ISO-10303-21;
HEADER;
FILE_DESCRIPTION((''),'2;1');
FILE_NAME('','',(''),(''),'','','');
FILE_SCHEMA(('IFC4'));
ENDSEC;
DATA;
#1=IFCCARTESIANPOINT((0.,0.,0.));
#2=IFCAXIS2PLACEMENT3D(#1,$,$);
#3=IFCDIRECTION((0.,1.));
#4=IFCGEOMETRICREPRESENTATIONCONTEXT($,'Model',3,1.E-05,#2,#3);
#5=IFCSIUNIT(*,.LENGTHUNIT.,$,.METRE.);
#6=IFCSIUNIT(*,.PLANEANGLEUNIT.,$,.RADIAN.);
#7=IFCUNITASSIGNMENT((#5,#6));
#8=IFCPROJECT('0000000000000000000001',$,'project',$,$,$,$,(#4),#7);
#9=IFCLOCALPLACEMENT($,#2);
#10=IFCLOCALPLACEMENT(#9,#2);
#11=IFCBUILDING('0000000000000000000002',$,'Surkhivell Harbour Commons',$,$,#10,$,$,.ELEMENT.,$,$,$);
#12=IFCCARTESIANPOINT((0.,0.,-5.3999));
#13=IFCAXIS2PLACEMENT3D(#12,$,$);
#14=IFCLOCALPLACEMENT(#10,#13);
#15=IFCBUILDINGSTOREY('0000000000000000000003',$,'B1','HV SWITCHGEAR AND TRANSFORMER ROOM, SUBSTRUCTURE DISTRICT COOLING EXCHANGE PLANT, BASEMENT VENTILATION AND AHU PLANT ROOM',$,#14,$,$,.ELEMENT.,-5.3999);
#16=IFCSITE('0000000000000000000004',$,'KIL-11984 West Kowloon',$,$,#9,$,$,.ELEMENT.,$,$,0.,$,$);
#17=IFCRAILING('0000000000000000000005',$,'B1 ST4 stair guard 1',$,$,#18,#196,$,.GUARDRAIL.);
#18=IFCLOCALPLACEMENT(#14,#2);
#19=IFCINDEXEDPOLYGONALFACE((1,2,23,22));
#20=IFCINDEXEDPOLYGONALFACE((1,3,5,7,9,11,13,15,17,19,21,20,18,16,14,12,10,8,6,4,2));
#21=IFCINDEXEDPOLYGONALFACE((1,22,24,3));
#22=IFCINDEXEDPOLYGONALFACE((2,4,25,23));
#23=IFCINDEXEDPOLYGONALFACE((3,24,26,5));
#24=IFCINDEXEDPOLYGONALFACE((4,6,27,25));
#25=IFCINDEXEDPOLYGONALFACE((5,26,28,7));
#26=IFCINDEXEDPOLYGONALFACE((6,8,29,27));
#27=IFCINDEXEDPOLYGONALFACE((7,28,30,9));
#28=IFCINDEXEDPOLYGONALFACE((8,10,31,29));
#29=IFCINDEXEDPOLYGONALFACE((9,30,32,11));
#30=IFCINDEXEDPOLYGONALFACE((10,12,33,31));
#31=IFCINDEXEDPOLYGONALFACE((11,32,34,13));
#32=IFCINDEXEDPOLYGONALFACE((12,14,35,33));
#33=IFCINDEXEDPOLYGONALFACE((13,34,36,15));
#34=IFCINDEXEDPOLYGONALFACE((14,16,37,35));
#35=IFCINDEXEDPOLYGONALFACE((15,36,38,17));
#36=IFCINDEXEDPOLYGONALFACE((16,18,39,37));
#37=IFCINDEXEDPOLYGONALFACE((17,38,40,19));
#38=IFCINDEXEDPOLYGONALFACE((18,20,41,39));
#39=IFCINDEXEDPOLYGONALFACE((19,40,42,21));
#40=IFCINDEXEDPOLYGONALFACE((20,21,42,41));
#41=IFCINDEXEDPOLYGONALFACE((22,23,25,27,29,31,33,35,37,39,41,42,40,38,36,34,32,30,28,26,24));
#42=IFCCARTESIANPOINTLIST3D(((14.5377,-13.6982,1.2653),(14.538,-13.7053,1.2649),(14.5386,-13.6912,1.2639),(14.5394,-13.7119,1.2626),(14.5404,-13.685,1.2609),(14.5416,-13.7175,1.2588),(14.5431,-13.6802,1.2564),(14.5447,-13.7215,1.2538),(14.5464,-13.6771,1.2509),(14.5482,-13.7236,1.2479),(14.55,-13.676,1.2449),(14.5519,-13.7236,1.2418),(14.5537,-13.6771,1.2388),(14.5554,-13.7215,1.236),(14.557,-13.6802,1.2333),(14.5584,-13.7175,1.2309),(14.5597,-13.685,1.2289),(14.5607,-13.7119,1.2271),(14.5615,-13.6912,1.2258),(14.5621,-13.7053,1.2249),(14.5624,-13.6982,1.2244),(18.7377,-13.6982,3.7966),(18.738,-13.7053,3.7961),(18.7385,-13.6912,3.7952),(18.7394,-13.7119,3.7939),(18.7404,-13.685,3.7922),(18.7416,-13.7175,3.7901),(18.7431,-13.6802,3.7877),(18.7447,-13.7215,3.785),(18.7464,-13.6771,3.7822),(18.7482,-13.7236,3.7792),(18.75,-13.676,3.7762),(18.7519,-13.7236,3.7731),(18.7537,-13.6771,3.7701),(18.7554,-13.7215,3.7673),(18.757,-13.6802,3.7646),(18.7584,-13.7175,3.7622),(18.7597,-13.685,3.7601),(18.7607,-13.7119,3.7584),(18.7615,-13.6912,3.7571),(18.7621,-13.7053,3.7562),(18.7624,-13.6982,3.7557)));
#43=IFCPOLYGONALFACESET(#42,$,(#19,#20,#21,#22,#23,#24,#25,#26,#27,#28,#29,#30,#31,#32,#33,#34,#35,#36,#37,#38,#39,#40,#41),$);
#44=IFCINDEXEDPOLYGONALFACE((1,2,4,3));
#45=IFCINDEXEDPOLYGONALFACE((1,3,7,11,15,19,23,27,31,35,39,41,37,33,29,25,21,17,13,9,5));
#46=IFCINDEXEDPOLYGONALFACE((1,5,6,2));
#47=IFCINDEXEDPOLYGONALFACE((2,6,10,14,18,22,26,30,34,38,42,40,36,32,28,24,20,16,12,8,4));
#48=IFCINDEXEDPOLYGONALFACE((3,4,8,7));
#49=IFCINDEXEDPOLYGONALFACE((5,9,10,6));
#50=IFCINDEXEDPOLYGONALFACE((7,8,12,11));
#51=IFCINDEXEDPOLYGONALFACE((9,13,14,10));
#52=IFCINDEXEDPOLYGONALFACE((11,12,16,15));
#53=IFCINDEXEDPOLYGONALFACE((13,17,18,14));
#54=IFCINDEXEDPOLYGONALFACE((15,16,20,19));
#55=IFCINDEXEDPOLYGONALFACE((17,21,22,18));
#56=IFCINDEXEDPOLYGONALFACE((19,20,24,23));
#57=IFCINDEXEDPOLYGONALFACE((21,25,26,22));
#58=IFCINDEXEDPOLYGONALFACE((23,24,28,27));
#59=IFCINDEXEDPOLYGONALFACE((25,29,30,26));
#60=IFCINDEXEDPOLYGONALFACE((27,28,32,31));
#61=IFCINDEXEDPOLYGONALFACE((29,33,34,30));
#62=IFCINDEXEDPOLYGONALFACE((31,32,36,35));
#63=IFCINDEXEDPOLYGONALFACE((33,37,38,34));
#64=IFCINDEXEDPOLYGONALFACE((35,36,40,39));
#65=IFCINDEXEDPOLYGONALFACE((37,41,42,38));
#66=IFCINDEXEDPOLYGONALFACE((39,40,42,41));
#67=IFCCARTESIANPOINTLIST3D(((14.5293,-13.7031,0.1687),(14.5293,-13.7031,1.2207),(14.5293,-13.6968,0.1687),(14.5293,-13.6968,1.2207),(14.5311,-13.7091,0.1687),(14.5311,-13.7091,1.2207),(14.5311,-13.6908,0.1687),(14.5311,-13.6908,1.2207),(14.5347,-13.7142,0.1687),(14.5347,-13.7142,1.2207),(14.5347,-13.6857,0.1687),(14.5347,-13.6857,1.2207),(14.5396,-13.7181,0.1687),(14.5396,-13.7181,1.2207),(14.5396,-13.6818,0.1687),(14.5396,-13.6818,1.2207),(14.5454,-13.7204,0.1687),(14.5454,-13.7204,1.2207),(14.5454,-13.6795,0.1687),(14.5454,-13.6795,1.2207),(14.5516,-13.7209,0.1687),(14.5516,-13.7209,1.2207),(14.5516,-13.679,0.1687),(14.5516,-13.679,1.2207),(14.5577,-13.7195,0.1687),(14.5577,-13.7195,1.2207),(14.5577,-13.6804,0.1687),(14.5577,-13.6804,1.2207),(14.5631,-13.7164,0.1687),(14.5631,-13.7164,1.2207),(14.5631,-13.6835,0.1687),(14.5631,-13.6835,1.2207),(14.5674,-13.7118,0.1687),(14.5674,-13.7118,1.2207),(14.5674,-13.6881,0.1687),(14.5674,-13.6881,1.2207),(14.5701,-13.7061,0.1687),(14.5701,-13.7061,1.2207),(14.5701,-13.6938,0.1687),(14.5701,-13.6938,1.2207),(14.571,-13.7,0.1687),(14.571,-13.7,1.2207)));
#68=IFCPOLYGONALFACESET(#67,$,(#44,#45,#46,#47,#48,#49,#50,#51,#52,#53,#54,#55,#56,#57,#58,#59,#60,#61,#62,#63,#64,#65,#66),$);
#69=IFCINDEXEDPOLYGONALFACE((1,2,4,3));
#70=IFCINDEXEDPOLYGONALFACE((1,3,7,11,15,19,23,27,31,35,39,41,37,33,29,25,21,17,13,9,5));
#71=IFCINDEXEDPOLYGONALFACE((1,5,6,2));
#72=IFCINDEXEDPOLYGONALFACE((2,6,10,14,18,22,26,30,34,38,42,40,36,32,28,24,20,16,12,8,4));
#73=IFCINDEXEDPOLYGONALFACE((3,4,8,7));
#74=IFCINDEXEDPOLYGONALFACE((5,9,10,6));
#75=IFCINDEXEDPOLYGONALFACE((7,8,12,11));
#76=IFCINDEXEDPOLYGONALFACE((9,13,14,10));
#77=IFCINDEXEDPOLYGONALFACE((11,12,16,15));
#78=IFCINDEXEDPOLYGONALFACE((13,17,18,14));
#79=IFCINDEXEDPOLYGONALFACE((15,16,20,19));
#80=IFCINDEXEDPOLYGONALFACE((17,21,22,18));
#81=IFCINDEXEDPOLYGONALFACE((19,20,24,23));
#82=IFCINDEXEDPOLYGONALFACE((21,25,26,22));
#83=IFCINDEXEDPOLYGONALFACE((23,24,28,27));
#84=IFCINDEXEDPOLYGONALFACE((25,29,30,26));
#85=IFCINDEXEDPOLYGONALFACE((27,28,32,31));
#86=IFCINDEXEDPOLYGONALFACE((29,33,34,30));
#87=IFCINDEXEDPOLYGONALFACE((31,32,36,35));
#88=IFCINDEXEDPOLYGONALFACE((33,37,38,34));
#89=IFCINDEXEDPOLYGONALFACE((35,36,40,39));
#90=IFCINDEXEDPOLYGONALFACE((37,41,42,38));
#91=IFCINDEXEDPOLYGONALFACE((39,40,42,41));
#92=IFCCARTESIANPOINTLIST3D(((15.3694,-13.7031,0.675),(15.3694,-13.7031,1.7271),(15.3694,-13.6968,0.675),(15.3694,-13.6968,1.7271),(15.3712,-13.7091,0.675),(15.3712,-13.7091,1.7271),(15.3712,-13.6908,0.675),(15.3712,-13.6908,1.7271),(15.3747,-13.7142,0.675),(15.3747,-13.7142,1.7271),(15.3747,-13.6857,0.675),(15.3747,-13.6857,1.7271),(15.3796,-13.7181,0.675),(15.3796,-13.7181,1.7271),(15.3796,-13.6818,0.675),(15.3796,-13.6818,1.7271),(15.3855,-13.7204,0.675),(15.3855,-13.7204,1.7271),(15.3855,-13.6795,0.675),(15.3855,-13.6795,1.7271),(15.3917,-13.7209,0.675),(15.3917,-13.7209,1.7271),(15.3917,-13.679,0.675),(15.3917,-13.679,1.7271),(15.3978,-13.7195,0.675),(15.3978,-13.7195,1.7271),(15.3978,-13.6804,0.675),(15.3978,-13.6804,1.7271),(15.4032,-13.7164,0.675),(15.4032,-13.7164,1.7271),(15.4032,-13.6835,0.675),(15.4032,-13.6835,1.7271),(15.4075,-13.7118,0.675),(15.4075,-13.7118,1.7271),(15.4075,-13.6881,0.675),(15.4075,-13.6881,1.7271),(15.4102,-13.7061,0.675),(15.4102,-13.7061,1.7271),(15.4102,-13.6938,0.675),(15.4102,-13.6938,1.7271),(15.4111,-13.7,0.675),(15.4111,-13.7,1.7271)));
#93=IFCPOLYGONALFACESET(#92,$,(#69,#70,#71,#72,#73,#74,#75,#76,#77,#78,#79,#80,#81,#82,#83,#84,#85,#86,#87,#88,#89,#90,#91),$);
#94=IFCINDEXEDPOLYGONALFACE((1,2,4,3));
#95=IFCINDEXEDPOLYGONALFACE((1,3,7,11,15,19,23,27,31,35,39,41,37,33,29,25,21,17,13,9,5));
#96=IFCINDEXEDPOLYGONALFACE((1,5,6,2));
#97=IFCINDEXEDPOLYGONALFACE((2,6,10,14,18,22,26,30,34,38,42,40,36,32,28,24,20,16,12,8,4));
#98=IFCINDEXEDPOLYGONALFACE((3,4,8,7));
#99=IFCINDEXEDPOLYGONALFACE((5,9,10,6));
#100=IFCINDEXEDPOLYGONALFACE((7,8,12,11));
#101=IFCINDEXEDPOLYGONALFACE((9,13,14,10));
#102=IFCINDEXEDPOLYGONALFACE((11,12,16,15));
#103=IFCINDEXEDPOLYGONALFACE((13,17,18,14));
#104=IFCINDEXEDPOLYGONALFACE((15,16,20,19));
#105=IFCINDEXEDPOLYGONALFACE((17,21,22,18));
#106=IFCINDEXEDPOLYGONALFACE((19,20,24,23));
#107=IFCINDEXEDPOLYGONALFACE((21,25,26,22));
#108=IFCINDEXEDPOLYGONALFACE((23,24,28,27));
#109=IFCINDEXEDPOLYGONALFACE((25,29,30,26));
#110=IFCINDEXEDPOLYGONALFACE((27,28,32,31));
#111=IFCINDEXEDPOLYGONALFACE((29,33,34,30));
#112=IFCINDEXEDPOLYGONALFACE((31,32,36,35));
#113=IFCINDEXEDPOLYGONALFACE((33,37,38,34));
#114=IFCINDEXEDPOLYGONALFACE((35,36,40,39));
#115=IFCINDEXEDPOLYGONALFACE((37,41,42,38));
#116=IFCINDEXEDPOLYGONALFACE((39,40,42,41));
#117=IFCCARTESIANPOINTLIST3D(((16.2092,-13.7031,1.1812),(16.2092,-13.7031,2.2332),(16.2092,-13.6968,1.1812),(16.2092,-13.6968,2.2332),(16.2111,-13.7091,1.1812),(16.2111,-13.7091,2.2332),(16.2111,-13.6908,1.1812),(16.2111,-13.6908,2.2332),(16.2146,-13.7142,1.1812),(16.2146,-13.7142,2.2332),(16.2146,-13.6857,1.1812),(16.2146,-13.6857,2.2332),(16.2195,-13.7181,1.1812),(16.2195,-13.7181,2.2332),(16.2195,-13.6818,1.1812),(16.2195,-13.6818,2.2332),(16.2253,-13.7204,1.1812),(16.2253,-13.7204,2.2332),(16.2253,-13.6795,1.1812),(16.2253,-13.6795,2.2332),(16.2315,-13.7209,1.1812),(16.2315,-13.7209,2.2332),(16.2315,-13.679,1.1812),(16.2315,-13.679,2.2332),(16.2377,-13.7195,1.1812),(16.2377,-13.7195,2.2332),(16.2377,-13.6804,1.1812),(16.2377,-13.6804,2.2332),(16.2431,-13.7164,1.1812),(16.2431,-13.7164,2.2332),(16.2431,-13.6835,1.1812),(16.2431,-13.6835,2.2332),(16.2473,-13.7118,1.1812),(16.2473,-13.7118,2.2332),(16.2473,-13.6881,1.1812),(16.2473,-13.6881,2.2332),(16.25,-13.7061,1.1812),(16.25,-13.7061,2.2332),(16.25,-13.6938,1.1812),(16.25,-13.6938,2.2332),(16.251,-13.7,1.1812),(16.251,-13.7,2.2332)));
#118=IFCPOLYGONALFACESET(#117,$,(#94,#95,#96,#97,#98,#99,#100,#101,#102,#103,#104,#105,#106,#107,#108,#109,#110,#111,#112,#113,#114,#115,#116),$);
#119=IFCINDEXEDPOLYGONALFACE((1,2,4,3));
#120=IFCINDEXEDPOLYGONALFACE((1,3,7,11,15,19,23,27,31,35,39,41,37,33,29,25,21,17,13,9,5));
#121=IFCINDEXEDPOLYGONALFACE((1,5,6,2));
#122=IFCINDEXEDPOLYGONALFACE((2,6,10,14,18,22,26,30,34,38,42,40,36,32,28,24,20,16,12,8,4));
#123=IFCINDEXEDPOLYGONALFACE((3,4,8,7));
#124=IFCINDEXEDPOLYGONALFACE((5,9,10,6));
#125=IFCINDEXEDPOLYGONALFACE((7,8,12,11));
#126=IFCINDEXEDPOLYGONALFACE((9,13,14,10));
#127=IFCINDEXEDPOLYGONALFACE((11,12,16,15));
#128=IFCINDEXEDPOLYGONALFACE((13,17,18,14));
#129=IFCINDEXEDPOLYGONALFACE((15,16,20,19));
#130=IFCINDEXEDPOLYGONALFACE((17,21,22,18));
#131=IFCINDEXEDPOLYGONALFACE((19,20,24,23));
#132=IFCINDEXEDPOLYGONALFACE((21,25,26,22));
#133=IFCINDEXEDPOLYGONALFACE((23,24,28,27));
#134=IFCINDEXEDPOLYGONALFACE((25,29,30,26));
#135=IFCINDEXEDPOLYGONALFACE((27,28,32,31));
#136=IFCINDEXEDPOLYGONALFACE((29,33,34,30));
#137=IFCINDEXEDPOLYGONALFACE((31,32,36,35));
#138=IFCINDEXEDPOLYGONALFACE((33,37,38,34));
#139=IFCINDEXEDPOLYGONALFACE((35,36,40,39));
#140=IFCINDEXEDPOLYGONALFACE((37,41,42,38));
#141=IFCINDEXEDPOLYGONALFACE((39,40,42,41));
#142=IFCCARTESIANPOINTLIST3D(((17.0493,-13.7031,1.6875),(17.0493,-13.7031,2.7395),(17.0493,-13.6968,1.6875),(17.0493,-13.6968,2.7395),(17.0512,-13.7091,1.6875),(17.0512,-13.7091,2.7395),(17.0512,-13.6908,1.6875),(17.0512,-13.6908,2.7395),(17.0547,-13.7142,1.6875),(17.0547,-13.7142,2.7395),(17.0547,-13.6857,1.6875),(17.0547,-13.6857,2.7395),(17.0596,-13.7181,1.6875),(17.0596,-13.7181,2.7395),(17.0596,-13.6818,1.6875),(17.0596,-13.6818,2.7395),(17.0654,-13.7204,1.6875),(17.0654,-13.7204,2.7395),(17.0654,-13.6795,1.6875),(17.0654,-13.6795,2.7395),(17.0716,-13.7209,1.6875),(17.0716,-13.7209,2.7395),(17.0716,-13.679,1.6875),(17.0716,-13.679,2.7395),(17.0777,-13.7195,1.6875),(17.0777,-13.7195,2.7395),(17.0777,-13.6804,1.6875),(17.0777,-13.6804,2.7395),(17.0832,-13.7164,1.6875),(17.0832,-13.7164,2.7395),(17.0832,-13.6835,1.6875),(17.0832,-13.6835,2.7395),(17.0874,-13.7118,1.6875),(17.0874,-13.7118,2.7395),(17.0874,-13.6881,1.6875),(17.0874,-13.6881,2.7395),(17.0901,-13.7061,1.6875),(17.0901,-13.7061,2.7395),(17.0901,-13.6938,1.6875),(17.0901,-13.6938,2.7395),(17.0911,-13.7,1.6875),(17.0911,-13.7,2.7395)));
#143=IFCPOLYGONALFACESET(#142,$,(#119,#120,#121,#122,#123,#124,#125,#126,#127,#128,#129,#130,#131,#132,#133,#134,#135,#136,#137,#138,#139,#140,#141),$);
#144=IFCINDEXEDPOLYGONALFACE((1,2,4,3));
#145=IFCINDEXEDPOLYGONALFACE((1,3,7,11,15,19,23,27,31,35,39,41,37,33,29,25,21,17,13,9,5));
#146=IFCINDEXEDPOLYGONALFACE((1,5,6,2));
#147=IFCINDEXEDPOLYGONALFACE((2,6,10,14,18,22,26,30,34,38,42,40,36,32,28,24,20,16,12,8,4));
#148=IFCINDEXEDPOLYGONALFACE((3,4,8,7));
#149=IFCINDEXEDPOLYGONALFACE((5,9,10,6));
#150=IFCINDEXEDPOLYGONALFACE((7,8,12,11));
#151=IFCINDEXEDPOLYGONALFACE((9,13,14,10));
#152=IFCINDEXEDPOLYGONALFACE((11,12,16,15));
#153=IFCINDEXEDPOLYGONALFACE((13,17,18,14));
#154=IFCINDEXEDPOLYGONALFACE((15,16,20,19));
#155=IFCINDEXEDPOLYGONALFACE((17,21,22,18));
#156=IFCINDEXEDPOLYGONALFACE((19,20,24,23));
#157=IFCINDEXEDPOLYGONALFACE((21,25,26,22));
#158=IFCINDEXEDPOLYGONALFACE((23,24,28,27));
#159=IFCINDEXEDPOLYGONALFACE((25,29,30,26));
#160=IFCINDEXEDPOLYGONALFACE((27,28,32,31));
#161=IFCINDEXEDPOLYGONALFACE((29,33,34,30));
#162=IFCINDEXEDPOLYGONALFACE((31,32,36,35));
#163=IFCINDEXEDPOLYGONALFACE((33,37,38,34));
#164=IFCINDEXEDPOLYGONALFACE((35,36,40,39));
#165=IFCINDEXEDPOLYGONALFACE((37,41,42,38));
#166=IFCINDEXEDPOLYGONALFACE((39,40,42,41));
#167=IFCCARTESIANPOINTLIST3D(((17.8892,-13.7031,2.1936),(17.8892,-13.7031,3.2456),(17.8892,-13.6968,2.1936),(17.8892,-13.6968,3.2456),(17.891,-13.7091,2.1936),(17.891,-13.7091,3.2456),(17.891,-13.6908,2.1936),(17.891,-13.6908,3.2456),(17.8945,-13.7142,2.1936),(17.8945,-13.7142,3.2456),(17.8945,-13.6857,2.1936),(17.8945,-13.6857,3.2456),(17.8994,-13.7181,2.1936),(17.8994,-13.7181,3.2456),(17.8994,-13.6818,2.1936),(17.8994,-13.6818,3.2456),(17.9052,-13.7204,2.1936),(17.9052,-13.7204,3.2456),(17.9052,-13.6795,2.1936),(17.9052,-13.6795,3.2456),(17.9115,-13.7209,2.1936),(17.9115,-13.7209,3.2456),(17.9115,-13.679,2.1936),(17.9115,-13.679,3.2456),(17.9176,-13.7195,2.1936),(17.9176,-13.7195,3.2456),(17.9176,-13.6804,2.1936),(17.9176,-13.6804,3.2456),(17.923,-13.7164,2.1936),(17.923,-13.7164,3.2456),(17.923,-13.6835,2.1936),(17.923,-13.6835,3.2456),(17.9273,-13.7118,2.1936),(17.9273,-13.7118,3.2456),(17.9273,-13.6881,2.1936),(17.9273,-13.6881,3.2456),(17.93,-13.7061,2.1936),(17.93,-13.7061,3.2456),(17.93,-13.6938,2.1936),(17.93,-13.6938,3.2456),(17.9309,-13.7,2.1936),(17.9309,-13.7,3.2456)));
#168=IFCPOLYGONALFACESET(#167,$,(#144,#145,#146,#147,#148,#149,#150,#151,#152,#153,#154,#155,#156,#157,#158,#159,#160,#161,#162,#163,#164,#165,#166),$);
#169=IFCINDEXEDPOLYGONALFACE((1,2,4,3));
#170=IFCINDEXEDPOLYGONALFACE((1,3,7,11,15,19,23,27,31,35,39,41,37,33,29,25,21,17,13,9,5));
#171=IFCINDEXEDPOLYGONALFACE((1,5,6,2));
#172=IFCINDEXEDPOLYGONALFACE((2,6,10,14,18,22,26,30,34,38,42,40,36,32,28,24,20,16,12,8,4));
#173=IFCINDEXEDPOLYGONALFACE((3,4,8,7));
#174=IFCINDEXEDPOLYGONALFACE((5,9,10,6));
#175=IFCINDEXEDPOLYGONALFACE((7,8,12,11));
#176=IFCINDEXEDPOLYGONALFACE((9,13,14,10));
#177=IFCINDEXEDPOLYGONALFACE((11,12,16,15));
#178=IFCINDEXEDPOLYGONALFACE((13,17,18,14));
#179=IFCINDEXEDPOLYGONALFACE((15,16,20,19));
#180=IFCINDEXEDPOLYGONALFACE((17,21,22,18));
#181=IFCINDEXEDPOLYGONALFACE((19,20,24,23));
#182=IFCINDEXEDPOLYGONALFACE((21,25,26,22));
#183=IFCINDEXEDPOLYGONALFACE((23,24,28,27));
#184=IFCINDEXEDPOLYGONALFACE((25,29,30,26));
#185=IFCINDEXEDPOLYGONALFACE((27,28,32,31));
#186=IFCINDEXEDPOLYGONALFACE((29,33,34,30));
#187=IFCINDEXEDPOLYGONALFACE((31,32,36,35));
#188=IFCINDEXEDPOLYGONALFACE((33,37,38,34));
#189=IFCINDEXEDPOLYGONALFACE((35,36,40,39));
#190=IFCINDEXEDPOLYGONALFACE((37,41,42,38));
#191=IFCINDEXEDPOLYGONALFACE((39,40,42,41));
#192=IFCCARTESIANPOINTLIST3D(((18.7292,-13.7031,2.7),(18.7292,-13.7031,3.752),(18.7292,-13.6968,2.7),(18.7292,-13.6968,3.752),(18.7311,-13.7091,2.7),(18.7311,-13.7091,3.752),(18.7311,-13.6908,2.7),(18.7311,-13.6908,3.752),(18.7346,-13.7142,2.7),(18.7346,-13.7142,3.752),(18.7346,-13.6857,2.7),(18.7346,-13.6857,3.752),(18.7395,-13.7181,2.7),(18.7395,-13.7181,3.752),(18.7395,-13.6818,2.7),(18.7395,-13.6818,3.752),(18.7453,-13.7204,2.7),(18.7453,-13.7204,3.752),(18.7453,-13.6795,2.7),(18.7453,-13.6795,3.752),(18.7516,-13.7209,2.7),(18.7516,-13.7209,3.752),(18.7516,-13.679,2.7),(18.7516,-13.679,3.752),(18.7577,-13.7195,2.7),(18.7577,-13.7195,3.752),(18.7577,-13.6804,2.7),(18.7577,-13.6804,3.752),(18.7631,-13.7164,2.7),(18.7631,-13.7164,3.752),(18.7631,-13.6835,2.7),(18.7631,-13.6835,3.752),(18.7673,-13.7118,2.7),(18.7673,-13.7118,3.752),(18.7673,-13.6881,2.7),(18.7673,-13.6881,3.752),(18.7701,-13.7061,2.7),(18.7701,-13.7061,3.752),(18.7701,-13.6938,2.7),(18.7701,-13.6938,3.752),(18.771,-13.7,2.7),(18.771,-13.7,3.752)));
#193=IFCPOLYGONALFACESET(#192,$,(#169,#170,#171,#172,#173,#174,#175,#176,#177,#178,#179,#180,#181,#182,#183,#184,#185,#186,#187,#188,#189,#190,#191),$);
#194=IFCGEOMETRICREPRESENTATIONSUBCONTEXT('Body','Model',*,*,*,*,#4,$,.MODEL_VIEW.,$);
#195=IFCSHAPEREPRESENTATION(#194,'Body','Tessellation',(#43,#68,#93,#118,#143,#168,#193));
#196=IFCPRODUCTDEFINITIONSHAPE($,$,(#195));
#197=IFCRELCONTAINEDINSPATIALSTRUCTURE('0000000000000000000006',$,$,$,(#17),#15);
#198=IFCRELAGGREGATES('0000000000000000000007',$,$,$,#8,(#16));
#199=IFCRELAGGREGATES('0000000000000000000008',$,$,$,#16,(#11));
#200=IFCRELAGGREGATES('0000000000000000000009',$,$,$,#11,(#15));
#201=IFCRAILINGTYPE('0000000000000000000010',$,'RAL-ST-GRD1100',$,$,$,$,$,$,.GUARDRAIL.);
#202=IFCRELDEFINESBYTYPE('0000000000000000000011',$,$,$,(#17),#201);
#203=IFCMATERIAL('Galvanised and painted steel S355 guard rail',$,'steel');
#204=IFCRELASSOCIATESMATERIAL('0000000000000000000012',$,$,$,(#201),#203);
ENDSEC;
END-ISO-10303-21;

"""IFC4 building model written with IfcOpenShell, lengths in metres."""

from ifc_helpers import new_model, si_unit, direction, frame, origin, origin_2d, place, context, subcontext, project, spatial, circle, extrude, material, type_object, element, save


model = new_model("IFC4")

# Units and contexts
model_context = context("Model", 3, precision=1e-05, world=origin(), true_north=direction((0.0, 1.0)))
body_context = subcontext(model_context, "Body", "Model", "MODEL_VIEW")
ifc_project = project(units=[si_unit("LENGTHUNIT", "METRE"), si_unit("PLANEANGLEUNIT", "RADIAN")], contexts=[model_context])

# Site, building, storey
site_placement = place(None, origin())
site = spatial("IfcSite", under=ifc_project, at=site_placement, Name="KIL-11984 West Kowloon", CompositionType="ELEMENT", RefElevation=0.0)
building_placement = place(site_placement, origin())
building = spatial("IfcBuilding", under=site, at=building_placement, Name="Surkhivell Harbour Commons", CompositionType="ELEMENT")
storey_placement = place(building_placement, frame((0.0, 0.0, -5.3999)))
storey = spatial("IfcBuildingStorey", under=building, at=storey_placement, Name="B1", Description="HV SWITCHGEAR AND TRANSFORMER ROOM, SUBSTRUCTURE DISTRICT COOLING EXCHANGE PLANT, BASEMENT VENTILATION AND AHU PLANT ROOM", CompositionType="ELEMENT", Elevation=-5.3999)

# Railing
ifc_material_1 = material(Name="Galvanised and painted steel S355 guard rail", Category="steel")
railing_type_1 = type_object("IfcRailingType", Name="RAL-ST-GRD1100", PredefinedType="GUARDRAIL", material=ifc_material_1)
railing_1_placement = place(storey_placement, frame((14.55, -13.7, 0.1687)))
element("IfcRailing", 1, at=railing_1_placement, inside=storey, type_object=railing_type_1, Name="B1 ST4 stair guard 1", PredefinedType="GUARDRAIL", context=body_context, shape_type="SweptSolid", body=[
    extrude(circle(Radius=0.0239, at=origin_2d()), frame((0.0, 0.0, 1.0762), z_axis=(0.856476, 0.0, 0.516186), x_axis=(0.0, 1.0, 0.0)), (0.0, 0.0, 1.0), 4.9038),
    extrude(circle(Radius=0.021, at=origin_2d()), origin(), (0.0, 0.0, 1.0), 1.052),
    extrude(circle(Radius=0.021, at=origin_2d()), frame((0.8401, 0.0, 0.5063)), (0.0, 0.0, 1.0), 1.052),
    extrude(circle(Radius=0.021, at=origin_2d()), frame((1.6799, 0.0, 1.0125)), (0.0, 0.0, 1.0), 1.052),
    extrude(circle(Radius=0.021, at=origin_2d()), frame((2.52, 0.0, 1.5188)), (0.0, 0.0, 1.0), 1.052),
    extrude(circle(Radius=0.021, at=origin_2d()), frame((3.3599, 0.0, 2.0249)), (0.0, 0.0, 1.0), 1.052),
    extrude(circle(Radius=0.021, at=origin_2d()), frame((4.2, 0.0, 2.5312)), (0.0, 0.0, 1.0), 1.052),
])

save(model, "model.ifc")
